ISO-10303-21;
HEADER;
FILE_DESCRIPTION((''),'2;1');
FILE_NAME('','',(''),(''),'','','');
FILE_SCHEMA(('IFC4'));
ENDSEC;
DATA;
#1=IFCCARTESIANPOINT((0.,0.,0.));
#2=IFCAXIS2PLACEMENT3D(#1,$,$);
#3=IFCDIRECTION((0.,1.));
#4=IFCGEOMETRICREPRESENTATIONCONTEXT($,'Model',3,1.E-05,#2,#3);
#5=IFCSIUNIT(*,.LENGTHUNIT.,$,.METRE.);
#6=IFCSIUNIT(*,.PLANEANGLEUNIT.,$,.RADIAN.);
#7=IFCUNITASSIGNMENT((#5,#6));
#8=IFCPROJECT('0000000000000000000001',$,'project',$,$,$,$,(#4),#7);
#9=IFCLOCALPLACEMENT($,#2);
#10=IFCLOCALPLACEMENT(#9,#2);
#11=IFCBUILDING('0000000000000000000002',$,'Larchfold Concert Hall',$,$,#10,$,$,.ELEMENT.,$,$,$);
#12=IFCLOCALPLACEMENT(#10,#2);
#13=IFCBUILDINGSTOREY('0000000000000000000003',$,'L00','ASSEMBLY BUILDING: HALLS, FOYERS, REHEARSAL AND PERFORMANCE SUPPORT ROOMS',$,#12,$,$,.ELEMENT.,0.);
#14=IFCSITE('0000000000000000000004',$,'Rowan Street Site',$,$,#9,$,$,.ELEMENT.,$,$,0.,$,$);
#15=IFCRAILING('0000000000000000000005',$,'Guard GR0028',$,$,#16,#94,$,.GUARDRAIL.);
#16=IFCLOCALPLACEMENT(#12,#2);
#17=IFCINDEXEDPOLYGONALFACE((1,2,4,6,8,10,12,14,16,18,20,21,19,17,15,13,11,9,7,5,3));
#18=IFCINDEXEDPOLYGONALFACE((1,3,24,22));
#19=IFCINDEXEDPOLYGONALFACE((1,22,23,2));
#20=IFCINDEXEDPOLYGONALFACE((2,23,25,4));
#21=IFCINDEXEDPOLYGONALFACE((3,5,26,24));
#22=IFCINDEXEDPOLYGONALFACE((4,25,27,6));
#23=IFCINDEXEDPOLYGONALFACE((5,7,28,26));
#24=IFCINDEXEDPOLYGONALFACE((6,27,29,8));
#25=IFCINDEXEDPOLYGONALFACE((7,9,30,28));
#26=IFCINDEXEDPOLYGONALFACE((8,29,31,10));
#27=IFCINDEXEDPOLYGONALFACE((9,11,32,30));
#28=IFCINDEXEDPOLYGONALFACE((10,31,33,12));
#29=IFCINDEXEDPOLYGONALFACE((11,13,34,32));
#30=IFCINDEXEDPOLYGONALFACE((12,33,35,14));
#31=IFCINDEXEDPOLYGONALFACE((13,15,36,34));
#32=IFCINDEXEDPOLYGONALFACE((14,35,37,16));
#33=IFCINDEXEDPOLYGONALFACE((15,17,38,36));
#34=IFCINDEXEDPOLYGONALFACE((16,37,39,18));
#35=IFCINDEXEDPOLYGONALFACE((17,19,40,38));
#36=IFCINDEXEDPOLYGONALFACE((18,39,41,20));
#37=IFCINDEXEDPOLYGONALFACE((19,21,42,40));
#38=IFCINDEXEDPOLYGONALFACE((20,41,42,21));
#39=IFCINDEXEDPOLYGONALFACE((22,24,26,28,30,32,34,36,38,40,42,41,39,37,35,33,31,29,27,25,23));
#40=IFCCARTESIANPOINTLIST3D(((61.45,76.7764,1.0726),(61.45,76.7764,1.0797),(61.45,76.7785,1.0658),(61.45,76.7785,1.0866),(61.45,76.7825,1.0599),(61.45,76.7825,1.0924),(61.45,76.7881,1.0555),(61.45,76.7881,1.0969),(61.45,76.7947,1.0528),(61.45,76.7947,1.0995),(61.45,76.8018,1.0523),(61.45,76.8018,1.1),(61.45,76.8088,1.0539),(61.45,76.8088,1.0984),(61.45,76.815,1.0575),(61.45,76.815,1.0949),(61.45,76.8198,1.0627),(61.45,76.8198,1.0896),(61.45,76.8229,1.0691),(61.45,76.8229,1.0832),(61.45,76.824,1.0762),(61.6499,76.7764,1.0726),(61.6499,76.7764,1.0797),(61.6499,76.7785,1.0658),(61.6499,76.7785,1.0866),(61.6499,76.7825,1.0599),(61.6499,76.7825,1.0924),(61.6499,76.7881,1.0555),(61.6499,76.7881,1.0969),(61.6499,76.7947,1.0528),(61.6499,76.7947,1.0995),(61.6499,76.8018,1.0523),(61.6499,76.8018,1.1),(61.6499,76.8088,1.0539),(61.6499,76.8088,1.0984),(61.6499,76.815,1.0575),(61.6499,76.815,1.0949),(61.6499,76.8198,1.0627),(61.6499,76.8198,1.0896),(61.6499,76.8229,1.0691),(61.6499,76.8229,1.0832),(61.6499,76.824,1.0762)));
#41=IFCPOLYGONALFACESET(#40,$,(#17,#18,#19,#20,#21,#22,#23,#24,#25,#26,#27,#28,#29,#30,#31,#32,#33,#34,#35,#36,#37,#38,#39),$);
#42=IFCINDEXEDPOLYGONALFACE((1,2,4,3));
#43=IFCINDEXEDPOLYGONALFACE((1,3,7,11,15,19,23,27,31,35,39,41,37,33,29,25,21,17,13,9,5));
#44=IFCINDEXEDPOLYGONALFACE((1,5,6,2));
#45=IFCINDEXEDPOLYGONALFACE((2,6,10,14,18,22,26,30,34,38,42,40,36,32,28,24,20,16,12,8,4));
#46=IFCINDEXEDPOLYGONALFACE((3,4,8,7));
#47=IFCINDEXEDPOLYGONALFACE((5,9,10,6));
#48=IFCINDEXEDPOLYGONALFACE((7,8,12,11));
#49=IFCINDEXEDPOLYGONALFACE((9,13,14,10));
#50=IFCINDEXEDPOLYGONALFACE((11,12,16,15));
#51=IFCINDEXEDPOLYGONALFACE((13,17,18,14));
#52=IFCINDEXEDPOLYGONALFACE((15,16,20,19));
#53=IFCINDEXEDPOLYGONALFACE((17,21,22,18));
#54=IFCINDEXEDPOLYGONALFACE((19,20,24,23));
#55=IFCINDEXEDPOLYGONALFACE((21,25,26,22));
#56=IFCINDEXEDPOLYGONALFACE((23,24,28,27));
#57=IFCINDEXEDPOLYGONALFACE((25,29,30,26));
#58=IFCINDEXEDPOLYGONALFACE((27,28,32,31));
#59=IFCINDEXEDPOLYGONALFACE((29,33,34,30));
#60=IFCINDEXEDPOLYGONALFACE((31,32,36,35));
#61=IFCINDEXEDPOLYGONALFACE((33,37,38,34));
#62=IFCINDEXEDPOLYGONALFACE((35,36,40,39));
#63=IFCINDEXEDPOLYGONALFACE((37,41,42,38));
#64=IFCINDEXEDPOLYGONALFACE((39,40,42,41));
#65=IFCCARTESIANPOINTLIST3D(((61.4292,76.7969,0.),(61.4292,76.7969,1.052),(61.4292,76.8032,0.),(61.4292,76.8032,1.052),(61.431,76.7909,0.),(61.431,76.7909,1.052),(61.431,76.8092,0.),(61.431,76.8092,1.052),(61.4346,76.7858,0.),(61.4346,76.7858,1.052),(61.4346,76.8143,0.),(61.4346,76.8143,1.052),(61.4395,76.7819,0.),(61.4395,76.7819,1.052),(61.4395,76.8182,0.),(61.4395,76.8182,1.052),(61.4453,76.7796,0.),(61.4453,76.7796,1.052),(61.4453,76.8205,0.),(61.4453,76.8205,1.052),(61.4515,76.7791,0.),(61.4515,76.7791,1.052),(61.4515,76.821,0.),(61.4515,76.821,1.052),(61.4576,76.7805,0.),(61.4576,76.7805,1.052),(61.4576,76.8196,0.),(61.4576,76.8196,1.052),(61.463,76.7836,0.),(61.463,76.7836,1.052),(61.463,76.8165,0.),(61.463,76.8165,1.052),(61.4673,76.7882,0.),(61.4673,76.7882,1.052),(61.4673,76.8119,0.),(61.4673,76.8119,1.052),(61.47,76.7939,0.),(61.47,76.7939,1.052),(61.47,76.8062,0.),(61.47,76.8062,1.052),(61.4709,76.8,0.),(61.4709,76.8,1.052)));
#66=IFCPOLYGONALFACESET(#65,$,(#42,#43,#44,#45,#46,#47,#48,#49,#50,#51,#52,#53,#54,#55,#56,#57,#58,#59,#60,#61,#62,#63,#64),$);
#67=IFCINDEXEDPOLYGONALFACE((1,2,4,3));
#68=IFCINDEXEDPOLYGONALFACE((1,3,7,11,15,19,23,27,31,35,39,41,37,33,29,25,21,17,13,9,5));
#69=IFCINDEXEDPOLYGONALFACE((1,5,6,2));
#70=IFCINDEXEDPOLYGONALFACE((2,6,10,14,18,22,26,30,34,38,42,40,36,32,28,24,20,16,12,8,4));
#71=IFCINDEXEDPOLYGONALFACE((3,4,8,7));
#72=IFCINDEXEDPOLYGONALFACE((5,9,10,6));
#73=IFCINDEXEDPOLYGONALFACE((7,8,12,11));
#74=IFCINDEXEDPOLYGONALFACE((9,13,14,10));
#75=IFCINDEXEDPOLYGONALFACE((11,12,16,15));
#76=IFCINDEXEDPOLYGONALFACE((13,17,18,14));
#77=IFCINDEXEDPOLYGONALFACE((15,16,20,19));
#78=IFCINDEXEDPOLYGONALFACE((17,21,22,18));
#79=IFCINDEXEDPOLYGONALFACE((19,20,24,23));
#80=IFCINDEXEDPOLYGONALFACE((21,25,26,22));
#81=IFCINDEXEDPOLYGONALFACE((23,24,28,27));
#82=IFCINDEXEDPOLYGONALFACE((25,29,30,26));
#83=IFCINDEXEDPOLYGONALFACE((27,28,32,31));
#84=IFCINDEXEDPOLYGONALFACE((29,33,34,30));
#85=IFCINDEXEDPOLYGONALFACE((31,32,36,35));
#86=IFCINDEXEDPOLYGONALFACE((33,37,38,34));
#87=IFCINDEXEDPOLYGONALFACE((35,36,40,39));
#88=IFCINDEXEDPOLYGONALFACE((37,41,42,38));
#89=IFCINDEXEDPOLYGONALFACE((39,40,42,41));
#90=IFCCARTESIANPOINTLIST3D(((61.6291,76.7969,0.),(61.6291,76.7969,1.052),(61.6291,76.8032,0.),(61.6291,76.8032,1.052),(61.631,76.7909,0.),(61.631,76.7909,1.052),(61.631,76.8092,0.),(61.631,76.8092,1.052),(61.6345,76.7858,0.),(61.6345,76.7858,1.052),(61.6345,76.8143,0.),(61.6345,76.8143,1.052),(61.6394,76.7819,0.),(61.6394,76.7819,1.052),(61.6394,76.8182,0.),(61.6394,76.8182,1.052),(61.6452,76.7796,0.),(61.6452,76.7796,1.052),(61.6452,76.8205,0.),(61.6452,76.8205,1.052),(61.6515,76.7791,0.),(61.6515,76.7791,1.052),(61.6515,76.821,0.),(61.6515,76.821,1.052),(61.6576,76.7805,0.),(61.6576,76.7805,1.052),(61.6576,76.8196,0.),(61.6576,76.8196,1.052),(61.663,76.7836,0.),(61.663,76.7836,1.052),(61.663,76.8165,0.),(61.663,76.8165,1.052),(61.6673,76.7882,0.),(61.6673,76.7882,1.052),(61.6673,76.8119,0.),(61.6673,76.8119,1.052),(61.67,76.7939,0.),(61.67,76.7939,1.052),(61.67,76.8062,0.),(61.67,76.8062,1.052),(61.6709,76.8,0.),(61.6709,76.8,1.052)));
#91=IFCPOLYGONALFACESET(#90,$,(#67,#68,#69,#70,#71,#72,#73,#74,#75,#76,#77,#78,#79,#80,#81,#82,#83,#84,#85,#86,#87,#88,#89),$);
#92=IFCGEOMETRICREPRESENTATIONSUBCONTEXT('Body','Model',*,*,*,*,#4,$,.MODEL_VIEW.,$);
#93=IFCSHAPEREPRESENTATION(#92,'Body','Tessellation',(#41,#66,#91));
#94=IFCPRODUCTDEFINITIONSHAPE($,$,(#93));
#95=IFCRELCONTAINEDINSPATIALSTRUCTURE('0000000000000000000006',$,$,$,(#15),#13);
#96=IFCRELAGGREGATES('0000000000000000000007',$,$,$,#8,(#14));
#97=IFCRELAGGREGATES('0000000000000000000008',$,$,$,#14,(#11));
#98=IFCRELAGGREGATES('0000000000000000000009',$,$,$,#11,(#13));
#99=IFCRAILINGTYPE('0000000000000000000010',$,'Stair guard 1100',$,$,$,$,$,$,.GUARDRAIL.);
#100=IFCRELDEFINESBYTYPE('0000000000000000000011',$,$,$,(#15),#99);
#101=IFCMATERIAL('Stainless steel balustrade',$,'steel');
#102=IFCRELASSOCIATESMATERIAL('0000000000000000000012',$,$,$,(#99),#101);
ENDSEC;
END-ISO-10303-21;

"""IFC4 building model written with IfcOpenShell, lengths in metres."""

from ifc_helpers import new_model, si_unit, direction, frame, origin, origin_2d, place, context, subcontext, project, spatial, circle, extrude, material, type_object, element, save


model = new_model("IFC4")

# Units and contexts
model_context = context("Model", 3, precision=1e-05, world=origin(), true_north=direction((0.0, 1.0)))
body_context = subcontext(model_context, "Body", "Model", "MODEL_VIEW")
ifc_project = project(units=[si_unit("LENGTHUNIT", "METRE"), si_unit("PLANEANGLEUNIT", "RADIAN")], contexts=[model_context])

# Site, building, storey
site_placement = place(None, origin())
site = spatial("IfcSite", under=ifc_project, at=site_placement, Name="Rowan Street Site", CompositionType="ELEMENT", RefElevation=0.0)
building_placement = place(site_placement, origin())
building = spatial("IfcBuilding", under=site, at=building_placement, Name="Larchfold Concert Hall", CompositionType="ELEMENT")
storey_placement = place(building_placement, origin())
storey = spatial("IfcBuildingStorey", under=building, at=storey_placement, Name="L00", Description="ASSEMBLY BUILDING: HALLS, FOYERS, REHEARSAL AND PERFORMANCE SUPPORT ROOMS", CompositionType="ELEMENT", Elevation=0.0)

# Railing
ifc_material_1 = material(Name="Stainless steel balustrade", Category="steel")
railing_type_1 = type_object("IfcRailingType", Name="Stair guard 1100", PredefinedType="GUARDRAIL", material=ifc_material_1)
railing_1_placement = place(storey_placement, frame((61.45, 76.8, 0.0)))
element("IfcRailing", 1, at=railing_1_placement, inside=storey, type_object=railing_type_1, Name="Guard GR0028", PredefinedType="GUARDRAIL", context=body_context, shape_type="SweptSolid", body=[
    extrude(circle(Radius=0.0239, at=origin_2d()), frame((0.0, 0.0, 1.0762), z_axis=(1.0, 0.0, 0.0), x_axis=(0.0, 1.0, 0.0)), (0.0, 0.0, 1.0), 0.2),
    extrude(circle(Radius=0.021, at=origin_2d()), origin(), (0.0, 0.0, 1.0), 1.052),
    extrude(circle(Radius=0.021, at=origin_2d()), frame((0.2, 0.0, 0.0)), (0.0, 0.0, 1.0), 1.052),
])

save(model, "model.ifc")
